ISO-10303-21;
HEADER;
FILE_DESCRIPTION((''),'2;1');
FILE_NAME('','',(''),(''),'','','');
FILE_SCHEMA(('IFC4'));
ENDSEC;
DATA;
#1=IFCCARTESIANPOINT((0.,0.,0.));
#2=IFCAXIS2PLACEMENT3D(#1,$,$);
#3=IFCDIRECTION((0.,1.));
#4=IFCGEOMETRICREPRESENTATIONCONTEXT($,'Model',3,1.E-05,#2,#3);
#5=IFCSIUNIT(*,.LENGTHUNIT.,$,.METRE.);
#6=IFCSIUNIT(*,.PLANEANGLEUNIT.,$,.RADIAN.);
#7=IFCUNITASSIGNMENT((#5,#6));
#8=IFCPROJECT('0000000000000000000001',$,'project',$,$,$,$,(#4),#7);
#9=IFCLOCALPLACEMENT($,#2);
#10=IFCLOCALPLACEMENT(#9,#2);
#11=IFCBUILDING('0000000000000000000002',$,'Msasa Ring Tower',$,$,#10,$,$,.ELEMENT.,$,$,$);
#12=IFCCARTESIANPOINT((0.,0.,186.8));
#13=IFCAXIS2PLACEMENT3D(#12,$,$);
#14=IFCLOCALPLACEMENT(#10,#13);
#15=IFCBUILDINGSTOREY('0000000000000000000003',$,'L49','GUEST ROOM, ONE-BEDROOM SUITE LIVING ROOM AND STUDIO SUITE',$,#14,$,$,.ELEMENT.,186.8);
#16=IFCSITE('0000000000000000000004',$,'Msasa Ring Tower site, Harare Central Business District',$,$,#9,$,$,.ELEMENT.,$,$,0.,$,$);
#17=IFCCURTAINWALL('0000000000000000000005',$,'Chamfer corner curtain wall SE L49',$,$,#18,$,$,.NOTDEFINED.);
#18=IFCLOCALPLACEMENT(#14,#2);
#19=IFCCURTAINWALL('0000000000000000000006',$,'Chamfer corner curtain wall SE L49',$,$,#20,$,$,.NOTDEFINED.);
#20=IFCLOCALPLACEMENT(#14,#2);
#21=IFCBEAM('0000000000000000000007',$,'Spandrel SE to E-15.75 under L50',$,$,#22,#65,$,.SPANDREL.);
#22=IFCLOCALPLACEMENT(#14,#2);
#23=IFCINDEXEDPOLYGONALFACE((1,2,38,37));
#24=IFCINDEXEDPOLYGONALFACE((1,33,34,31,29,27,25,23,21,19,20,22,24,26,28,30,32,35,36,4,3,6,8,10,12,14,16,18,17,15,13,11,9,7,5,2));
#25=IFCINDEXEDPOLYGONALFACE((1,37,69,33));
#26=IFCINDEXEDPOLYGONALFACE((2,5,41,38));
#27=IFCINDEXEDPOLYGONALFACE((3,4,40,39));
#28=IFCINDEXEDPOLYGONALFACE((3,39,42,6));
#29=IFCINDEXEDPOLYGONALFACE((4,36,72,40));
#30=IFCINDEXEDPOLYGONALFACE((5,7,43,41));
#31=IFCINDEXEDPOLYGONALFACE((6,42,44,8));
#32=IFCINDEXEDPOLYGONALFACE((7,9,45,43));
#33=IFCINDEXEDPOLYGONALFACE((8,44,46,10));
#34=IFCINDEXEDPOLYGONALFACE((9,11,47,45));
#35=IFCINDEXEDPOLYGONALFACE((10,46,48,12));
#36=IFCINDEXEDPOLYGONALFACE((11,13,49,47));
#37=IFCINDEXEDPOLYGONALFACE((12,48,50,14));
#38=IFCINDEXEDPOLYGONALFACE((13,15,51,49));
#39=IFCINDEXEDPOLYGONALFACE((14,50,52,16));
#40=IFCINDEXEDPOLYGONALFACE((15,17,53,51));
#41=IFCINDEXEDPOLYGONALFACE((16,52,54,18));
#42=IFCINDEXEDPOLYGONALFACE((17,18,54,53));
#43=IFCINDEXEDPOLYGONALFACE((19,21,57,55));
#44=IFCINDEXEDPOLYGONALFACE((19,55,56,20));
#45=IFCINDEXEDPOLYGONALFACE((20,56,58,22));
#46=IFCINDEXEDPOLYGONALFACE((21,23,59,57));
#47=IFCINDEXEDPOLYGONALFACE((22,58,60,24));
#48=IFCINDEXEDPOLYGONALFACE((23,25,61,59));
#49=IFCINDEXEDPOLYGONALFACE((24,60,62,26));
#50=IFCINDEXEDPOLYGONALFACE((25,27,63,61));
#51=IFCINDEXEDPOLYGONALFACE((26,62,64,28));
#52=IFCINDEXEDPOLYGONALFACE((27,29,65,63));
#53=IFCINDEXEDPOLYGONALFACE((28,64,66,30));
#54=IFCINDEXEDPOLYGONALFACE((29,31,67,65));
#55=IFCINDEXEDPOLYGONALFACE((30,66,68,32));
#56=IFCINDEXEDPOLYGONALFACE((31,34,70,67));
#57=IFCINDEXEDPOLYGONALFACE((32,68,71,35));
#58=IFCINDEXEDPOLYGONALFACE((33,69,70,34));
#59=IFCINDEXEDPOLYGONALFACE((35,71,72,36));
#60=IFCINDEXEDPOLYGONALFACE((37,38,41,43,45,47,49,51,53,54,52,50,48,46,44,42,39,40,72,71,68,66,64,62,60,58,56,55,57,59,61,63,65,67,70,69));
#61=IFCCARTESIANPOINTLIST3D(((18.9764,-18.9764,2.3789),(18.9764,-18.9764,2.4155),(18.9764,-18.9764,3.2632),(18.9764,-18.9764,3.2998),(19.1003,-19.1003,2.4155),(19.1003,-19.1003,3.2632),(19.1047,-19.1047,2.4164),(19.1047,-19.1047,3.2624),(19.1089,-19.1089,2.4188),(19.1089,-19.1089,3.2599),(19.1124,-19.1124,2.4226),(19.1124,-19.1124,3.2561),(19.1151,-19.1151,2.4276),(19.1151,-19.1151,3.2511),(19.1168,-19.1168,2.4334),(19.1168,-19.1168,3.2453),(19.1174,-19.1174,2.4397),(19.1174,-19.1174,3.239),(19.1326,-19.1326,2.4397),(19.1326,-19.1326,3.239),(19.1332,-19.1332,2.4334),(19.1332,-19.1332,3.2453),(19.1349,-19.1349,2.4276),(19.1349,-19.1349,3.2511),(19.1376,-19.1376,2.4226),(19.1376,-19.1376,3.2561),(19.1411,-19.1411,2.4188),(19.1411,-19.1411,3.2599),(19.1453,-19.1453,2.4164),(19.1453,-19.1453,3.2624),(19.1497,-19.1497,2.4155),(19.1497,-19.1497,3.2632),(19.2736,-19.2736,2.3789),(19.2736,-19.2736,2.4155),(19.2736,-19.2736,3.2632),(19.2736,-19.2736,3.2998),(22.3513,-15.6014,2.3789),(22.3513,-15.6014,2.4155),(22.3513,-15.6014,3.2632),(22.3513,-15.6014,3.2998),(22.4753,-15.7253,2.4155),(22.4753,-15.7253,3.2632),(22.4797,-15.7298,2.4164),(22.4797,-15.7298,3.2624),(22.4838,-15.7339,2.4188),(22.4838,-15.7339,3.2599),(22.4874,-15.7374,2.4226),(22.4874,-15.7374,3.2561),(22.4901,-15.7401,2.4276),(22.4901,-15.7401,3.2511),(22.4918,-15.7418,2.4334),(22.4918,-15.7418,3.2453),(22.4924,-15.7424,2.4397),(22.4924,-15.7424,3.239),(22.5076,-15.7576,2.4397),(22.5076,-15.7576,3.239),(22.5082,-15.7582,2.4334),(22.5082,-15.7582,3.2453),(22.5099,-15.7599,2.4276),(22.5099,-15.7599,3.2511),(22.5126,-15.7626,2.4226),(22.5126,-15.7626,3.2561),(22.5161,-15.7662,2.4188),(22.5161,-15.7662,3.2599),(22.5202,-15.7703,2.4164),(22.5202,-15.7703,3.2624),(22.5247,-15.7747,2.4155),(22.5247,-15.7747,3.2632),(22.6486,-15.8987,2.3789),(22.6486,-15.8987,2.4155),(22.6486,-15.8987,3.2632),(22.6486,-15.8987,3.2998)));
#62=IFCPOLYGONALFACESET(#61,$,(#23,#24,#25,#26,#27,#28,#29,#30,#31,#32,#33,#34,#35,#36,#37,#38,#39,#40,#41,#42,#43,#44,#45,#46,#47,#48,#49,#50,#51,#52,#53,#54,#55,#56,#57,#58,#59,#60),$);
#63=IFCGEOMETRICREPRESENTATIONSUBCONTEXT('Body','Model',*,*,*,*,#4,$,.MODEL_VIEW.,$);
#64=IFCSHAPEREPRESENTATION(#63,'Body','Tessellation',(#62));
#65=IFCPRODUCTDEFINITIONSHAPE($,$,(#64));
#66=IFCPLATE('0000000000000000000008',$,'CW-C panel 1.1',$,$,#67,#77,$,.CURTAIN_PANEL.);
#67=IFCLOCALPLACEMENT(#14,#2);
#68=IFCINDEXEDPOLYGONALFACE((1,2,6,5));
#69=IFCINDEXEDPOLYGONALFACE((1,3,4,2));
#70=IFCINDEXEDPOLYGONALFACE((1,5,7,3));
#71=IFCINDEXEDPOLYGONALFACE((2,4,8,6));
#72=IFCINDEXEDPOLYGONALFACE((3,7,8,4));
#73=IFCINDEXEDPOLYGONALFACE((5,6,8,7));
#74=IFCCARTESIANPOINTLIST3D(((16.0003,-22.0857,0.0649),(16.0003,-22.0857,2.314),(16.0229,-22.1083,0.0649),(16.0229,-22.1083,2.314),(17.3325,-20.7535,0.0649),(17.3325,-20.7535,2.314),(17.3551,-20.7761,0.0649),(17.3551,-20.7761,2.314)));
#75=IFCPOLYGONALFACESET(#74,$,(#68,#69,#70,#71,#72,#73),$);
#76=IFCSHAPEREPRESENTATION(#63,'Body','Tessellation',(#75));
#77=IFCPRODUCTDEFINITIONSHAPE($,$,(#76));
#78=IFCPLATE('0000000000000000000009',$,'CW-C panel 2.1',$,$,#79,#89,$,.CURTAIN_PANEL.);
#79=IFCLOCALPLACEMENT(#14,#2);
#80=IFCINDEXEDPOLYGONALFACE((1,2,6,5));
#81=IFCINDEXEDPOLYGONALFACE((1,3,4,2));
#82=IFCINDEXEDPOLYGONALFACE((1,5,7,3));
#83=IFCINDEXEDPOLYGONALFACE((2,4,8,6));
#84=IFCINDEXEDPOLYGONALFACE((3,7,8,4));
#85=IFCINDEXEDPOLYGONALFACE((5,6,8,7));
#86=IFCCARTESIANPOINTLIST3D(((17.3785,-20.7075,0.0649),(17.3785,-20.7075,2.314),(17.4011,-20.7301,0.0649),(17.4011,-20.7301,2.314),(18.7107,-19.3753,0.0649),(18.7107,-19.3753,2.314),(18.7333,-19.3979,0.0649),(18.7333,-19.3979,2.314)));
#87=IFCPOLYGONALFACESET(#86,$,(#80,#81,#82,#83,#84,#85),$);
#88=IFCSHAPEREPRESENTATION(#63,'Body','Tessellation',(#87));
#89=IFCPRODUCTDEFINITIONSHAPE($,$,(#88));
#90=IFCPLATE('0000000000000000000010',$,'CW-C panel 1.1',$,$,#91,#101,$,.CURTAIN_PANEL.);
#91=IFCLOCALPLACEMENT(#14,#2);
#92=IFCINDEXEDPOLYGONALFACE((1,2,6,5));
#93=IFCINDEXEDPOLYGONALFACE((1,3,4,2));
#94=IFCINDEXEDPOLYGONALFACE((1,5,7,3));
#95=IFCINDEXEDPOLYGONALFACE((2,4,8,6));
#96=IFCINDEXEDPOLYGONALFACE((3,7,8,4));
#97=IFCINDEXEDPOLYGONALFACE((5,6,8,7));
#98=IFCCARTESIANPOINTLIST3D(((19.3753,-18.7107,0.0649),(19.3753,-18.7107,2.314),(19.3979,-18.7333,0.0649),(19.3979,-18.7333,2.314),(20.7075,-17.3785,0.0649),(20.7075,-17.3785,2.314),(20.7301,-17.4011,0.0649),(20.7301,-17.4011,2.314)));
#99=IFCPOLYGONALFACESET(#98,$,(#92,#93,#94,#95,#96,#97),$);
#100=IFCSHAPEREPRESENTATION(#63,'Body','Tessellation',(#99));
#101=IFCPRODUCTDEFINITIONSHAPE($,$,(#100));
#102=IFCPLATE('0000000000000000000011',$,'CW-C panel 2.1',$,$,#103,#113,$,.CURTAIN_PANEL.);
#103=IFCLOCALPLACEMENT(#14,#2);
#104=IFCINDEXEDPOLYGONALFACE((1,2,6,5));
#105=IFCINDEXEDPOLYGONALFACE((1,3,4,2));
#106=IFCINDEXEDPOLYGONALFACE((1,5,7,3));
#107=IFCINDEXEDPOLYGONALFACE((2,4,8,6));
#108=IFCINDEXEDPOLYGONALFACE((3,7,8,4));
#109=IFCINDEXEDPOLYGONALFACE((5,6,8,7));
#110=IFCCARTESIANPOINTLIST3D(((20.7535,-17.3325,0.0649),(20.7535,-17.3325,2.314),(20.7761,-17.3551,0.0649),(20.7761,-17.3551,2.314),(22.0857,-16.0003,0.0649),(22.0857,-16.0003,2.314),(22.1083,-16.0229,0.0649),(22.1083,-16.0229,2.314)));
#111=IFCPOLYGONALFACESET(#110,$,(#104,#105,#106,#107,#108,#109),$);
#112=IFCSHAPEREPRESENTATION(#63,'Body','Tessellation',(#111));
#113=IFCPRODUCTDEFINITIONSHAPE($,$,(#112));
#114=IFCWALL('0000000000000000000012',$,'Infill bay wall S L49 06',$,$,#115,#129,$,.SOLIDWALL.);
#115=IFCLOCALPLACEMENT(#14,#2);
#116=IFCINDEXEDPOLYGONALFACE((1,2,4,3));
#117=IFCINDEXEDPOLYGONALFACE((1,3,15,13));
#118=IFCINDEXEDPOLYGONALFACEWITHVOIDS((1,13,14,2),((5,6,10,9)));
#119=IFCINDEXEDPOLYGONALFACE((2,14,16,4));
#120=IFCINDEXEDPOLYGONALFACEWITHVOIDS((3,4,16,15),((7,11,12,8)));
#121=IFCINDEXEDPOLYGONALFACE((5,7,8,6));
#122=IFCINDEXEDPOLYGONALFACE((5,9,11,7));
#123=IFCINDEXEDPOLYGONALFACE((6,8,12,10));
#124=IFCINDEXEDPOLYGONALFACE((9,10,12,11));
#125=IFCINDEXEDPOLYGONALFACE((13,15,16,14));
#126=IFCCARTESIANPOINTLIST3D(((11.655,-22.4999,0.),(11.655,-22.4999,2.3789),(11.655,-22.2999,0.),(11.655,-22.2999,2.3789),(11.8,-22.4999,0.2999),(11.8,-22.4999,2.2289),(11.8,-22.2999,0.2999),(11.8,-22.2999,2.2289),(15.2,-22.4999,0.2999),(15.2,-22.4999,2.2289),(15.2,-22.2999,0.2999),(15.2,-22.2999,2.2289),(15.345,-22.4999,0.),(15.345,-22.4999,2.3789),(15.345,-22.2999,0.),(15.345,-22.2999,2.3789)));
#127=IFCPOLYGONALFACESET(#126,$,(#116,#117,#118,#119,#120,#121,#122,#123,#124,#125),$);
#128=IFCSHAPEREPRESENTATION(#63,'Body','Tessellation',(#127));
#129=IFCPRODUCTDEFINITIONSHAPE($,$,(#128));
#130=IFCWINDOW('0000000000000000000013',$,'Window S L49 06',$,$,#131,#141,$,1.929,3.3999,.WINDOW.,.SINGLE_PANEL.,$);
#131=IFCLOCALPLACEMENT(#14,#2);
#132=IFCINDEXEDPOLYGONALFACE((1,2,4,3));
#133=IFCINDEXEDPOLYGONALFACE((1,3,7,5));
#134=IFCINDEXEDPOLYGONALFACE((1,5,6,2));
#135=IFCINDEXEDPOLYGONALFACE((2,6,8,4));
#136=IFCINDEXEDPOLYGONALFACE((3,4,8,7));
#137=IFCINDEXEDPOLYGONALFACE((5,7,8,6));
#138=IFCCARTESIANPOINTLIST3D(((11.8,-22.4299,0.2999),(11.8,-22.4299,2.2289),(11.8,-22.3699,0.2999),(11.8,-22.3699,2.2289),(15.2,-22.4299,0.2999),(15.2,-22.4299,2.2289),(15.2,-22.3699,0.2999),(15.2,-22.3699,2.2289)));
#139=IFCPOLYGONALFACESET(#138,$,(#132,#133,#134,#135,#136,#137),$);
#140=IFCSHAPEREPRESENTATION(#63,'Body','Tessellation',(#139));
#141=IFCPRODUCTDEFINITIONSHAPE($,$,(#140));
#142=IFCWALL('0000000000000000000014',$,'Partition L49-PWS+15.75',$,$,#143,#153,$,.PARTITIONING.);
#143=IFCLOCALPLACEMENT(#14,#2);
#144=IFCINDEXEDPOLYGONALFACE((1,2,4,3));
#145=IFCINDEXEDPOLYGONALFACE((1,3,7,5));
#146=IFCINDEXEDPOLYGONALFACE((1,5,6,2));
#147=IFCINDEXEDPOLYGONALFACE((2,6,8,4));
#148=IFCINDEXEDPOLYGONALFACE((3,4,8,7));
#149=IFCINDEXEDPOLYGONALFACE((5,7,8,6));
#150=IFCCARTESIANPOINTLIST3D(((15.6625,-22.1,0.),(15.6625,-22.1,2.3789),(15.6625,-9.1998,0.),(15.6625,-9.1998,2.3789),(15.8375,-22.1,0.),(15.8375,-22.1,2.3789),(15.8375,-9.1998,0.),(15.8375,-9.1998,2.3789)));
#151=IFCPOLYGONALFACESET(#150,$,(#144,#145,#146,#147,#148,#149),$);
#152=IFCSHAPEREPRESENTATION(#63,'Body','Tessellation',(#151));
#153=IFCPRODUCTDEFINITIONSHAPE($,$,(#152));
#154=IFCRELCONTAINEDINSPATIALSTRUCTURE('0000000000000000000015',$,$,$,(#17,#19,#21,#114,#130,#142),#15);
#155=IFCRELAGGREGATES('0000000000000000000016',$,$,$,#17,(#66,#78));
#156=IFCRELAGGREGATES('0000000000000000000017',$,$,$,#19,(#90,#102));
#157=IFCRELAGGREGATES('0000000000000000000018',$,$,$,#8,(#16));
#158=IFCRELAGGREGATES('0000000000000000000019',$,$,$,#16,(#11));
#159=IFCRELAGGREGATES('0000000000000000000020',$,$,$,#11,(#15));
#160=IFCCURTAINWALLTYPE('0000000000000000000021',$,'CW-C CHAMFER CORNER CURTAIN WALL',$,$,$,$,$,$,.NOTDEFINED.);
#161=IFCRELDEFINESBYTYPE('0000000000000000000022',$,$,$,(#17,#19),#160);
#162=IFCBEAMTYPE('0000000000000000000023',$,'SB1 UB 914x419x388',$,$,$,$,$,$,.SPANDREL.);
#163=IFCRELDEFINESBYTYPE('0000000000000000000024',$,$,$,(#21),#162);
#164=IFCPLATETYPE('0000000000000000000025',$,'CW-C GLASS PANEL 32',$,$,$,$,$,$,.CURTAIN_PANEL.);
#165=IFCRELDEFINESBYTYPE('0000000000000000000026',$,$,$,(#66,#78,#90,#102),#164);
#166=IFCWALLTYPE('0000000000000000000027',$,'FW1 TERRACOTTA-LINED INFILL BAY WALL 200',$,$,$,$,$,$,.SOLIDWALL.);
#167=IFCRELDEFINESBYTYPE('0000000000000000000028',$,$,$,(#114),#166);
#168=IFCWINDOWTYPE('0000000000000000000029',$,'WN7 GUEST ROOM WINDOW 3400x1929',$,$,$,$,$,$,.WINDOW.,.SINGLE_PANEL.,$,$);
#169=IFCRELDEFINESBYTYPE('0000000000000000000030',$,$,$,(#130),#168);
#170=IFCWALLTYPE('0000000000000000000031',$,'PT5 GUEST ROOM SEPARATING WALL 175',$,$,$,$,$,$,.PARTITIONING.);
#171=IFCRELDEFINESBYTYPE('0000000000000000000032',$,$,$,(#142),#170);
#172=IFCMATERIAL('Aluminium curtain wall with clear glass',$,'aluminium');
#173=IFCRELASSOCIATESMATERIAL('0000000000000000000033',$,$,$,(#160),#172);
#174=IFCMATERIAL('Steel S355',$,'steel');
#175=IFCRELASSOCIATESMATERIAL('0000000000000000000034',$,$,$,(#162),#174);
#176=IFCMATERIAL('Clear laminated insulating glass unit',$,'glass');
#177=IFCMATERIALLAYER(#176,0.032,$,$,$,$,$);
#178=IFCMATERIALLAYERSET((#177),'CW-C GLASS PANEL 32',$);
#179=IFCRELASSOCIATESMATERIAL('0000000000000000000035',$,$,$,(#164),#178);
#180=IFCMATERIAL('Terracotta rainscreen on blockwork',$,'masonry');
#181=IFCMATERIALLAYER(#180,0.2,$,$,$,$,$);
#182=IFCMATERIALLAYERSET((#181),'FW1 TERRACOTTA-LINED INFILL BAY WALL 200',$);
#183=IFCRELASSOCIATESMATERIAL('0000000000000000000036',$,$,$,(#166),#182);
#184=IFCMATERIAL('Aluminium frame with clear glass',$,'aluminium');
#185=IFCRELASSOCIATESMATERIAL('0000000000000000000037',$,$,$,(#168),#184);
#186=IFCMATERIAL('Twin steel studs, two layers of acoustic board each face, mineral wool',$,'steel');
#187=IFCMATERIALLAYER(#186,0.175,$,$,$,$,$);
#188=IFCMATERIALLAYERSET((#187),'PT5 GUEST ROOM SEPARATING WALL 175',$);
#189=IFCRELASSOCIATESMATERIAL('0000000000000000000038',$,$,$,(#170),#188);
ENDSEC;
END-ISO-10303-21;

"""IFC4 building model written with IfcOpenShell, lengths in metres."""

from ifc_helpers import new_model, si_unit, direction, frame, frame_2d, origin, origin_2d, place, context, subcontext, project, spatial, rectangle, i_section, extrude, material, layer, layer_set, material_profile, profile_set, type_object, element, fill, aggregate, save


model = new_model("IFC4")

# Units and contexts
model_context = context("Model", 3, precision=1e-05, world=origin(), true_north=direction((0.0, 1.0)))
body_context = subcontext(model_context, "Body", "Model", "MODEL_VIEW")
ifc_project = project(units=[si_unit("LENGTHUNIT", "METRE"), si_unit("PLANEANGLEUNIT", "RADIAN")], contexts=[model_context])

# Site, building, storey
site_placement = place(None, origin())
site = spatial("IfcSite", under=ifc_project, at=site_placement, Name="Msasa Ring Tower site, Harare Central Business District", CompositionType="ELEMENT", RefElevation=0.0)
building_placement = place(site_placement, origin())
building = spatial("IfcBuilding", under=site, at=building_placement, Name="Msasa Ring Tower", CompositionType="ELEMENT")
storey_placement = place(building_placement, frame((0.0, 0.0, 186.8)))
storey = spatial("IfcBuildingStorey", under=building, at=storey_placement, Name="L49", Description="GUEST ROOM, ONE-BEDROOM SUITE LIVING ROOM AND STUDIO SUITE", CompositionType="ELEMENT", Elevation=186.8)

# Curtain walls
ifc_material_1 = material(Name="Aluminium curtain wall with clear glass", Category="aluminium")
curtain_wall_type = type_object("IfcCurtainWallType", Name="CW-C CHAMFER CORNER CURTAIN WALL", PredefinedType="NOTDEFINED", material=ifc_material_1)
curtain_wall_1_placement = place(storey_placement, origin())
curtain_wall_1 = element("IfcCurtainWall", 1, at=curtain_wall_1_placement, inside=storey, type_object=curtain_wall_type, Name="Chamfer corner curtain wall SE L49", PredefinedType="NOTDEFINED")
curtain_wall_2_placement = place(storey_placement, origin())
curtain_wall_2 = element("IfcCurtainWall", 2, at=curtain_wall_2_placement, inside=storey, type_object=curtain_wall_type, Name="Chamfer corner curtain wall SE L49", PredefinedType="NOTDEFINED")

# Beam
ifc_material_2 = material(Name="Steel S355", Category="steel")
ifc_material_profile_1 = material_profile(ifc_material_2, i_section(OverallWidth=0.4204, OverallDepth=0.9209, WebThickness=0.0215, FlangeThickness=0.0366, FilletRadius=0.0242, at=origin_2d()), Name="UB 914x419x388")
ifc_profile_set_1 = profile_set([ifc_material_profile_1], Name="Steel S355")
beam_type_1 = type_object("IfcBeamType", Name="SB1 UB 914x419x388", PredefinedType="SPANDREL", material=ifc_profile_set_1)
for number, where, z_axis, x_axis, name in (
    (3, (19.125, -19.125, 2.8394), (0.707107, 0.707107, 0.0), (-0.707107, 0.707107, 0.0), "Spandrel SE to E-15.75 under L50"),
):
    element("IfcBeam", number, at=place(storey_placement, frame(where, z_axis=z_axis, x_axis=x_axis)), inside=storey, type_object=beam_type_1, Name=name, PredefinedType="SPANDREL", context=body_context, shape_type="SweptSolid", body=[
        extrude(i_section(OverallWidth=0.4204, OverallDepth=0.9209, WebThickness=0.0215, FlangeThickness=0.0366, FilletRadius=0.0242, at=origin_2d()), origin(), (0.0, 0.0, 1.0), 4.7729),
    ])

# Plates
ifc_material_3 = material(Name="Clear laminated insulating glass unit", Category="glass")
ifc_layer_1 = layer(ifc_material_3, 0.032)
ifc_layer_set_1 = layer_set([ifc_layer_1], Name="CW-C GLASS PANEL 32")
plate_type = type_object("IfcPlateType", Name="CW-C GLASS PANEL 32", PredefinedType="CURTAIN_PANEL", material=ifc_layer_set_1)
plate_1_placement = place(storey_placement, frame((16.6777, -21.4309, 0.0649), z_axis=(0.0, 0.0, 1.0), x_axis=(0.707107, 0.707107, 0.0)))
plate_1 = element("IfcPlate", 4, at=plate_1_placement, type_object=plate_type, Name="CW-C panel 1.1", PredefinedType="CURTAIN_PANEL", context=body_context, shape_type="SweptSolid", body=[
    extrude(rectangle(XDim=1.884, YDim=0.032, at=origin_2d()), origin(), (0.0, 0.0, 1.0), 2.249),
])
plate_2_placement = place(storey_placement, frame((18.0559, -20.0527, 0.0649), z_axis=(0.0, 0.0, 1.0), x_axis=(0.707107, 0.707107, 0.0)))
plate_2 = element("IfcPlate", 5, at=plate_2_placement, type_object=plate_type, Name="CW-C panel 2.1", PredefinedType="CURTAIN_PANEL", context=body_context, shape_type="SweptSolid", body=[
    extrude(rectangle(XDim=1.884, YDim=0.032, at=origin_2d()), origin(), (0.0, 0.0, 1.0), 2.249),
])
aggregate(curtain_wall_1, [plate_1, plate_2])
plate_3_placement = place(storey_placement, frame((20.0527, -18.0559, 0.0649), z_axis=(0.0, 0.0, 1.0), x_axis=(0.707107, 0.707107, 0.0)))
plate_3 = element("IfcPlate", 6, at=plate_3_placement, type_object=plate_type, Name="CW-C panel 1.1", PredefinedType="CURTAIN_PANEL", context=body_context, shape_type="SweptSolid", body=[
    extrude(rectangle(XDim=1.884, YDim=0.032, at=origin_2d()), origin(), (0.0, 0.0, 1.0), 2.249),
])
plate_4_placement = place(storey_placement, frame((21.4309, -16.6777, 0.0649), z_axis=(0.0, 0.0, 1.0), x_axis=(0.707107, 0.707107, 0.0)))
plate_4 = element("IfcPlate", 7, at=plate_4_placement, type_object=plate_type, Name="CW-C panel 2.1", PredefinedType="CURTAIN_PANEL", context=body_context, shape_type="SweptSolid", body=[
    extrude(rectangle(XDim=1.884, YDim=0.032, at=origin_2d()), origin(), (0.0, 0.0, 1.0), 2.249),
])
aggregate(curtain_wall_2, [plate_3, plate_4])

# Wall, opening, window
ifc_material_4 = material(Name="Terracotta rainscreen on blockwork", Category="masonry")
ifc_layer_2 = layer(ifc_material_4, 0.2)
ifc_layer_set_2 = layer_set([ifc_layer_2], Name="FW1 TERRACOTTA-LINED INFILL BAY WALL 200")
wall_type_1 = type_object("IfcWallType", Name="FW1 TERRACOTTA-LINED INFILL BAY WALL 200", PredefinedType="SOLIDWALL", material=ifc_layer_set_2)
wall_1_placement = place(storey_placement, frame((11.655, -22.3999, 0.0), z_axis=(0.0, 0.0, 1.0), x_axis=(1.0, 0.0, 0.0)))
wall_1 = element("IfcWall", 8, at=wall_1_placement, inside=storey, type_object=wall_type_1, Name="Infill bay wall S L49 06", PredefinedType="SOLIDWALL", context=body_context, shape_type="SweptSolid", body=[
    extrude(rectangle(XDim=3.6899, YDim=0.2, at=frame_2d((1.845, 0.0))), origin(), (0.0, 0.0, 1.0), 2.3789),
])
opening_placement = place(wall_1_placement, frame((0.145, 0.0, 0.3)))
opening = element("IfcOpeningElement", 9, at=opening_placement, cuts=wall_1, PredefinedType="OPENING", context=body_context, shape_type="SweptSolid", body=[
    extrude(rectangle(XDim=3.3999, YDim=1.929, at=frame_2d((1.7, 0.9644))), frame((0.0, 0.1099, 0.0), z_axis=(0.0, -1.0, 0.0), x_axis=(1.0, 0.0, 0.0)), (0.0, 0.0, 1.0), 0.22),
])
ifc_material_5 = material(Name="Aluminium frame with clear glass", Category="aluminium")
window_type = type_object("IfcWindowType", Name="WN7 GUEST ROOM WINDOW 3400x1929", PartitioningType="SINGLE_PANEL", PredefinedType="WINDOW", material=ifc_material_5)
window_placement = place(opening_placement, origin())
window = element("IfcWindow", 10, at=window_placement, inside=storey, type_object=window_type, Name="Window S L49 06", OverallHeight=1.929, OverallWidth=3.3999, PartitioningType="SINGLE_PANEL", PredefinedType="WINDOW", context=body_context, shape_type="SweptSolid", body=[
    extrude(rectangle(XDim=3.3999, YDim=1.929, at=frame_2d((1.7, 0.9644))), frame((0.0, 0.03, 0.0), z_axis=(0.0, -1.0, 0.0), x_axis=(1.0, 0.0, 0.0)), (0.0, 0.0, 1.0), 0.0601),
])
fill(opening, window)

# Wall
ifc_material_6 = material(Name="Twin steel studs, two layers of acoustic board each face, mineral wool", Category="steel")
ifc_layer_3 = layer(ifc_material_6, 0.175)
ifc_layer_set_3 = layer_set([ifc_layer_3], Name="PT5 GUEST ROOM SEPARATING WALL 175")
wall_type_2 = type_object("IfcWallType", Name="PT5 GUEST ROOM SEPARATING WALL 175", PredefinedType="PARTITIONING", material=ifc_layer_set_3)
wall_2_placement = place(storey_placement, frame((15.75, -22.1001, 0.0), z_axis=(0.0, 0.0, 1.0), x_axis=(0.0, 1.0, 0.0)))
element("IfcWall", 11, at=wall_2_placement, inside=storey, type_object=wall_type_2, Name="Partition L49-PWS+15.75", PredefinedType="PARTITIONING", context=body_context, shape_type="SweptSolid", body=[
    extrude(rectangle(XDim=12.9001, YDim=0.175, at=frame_2d((6.4502, 0.0))), origin(), (0.0, 0.0, 1.0), 2.3789),
])

save(model, "model.ifc")
